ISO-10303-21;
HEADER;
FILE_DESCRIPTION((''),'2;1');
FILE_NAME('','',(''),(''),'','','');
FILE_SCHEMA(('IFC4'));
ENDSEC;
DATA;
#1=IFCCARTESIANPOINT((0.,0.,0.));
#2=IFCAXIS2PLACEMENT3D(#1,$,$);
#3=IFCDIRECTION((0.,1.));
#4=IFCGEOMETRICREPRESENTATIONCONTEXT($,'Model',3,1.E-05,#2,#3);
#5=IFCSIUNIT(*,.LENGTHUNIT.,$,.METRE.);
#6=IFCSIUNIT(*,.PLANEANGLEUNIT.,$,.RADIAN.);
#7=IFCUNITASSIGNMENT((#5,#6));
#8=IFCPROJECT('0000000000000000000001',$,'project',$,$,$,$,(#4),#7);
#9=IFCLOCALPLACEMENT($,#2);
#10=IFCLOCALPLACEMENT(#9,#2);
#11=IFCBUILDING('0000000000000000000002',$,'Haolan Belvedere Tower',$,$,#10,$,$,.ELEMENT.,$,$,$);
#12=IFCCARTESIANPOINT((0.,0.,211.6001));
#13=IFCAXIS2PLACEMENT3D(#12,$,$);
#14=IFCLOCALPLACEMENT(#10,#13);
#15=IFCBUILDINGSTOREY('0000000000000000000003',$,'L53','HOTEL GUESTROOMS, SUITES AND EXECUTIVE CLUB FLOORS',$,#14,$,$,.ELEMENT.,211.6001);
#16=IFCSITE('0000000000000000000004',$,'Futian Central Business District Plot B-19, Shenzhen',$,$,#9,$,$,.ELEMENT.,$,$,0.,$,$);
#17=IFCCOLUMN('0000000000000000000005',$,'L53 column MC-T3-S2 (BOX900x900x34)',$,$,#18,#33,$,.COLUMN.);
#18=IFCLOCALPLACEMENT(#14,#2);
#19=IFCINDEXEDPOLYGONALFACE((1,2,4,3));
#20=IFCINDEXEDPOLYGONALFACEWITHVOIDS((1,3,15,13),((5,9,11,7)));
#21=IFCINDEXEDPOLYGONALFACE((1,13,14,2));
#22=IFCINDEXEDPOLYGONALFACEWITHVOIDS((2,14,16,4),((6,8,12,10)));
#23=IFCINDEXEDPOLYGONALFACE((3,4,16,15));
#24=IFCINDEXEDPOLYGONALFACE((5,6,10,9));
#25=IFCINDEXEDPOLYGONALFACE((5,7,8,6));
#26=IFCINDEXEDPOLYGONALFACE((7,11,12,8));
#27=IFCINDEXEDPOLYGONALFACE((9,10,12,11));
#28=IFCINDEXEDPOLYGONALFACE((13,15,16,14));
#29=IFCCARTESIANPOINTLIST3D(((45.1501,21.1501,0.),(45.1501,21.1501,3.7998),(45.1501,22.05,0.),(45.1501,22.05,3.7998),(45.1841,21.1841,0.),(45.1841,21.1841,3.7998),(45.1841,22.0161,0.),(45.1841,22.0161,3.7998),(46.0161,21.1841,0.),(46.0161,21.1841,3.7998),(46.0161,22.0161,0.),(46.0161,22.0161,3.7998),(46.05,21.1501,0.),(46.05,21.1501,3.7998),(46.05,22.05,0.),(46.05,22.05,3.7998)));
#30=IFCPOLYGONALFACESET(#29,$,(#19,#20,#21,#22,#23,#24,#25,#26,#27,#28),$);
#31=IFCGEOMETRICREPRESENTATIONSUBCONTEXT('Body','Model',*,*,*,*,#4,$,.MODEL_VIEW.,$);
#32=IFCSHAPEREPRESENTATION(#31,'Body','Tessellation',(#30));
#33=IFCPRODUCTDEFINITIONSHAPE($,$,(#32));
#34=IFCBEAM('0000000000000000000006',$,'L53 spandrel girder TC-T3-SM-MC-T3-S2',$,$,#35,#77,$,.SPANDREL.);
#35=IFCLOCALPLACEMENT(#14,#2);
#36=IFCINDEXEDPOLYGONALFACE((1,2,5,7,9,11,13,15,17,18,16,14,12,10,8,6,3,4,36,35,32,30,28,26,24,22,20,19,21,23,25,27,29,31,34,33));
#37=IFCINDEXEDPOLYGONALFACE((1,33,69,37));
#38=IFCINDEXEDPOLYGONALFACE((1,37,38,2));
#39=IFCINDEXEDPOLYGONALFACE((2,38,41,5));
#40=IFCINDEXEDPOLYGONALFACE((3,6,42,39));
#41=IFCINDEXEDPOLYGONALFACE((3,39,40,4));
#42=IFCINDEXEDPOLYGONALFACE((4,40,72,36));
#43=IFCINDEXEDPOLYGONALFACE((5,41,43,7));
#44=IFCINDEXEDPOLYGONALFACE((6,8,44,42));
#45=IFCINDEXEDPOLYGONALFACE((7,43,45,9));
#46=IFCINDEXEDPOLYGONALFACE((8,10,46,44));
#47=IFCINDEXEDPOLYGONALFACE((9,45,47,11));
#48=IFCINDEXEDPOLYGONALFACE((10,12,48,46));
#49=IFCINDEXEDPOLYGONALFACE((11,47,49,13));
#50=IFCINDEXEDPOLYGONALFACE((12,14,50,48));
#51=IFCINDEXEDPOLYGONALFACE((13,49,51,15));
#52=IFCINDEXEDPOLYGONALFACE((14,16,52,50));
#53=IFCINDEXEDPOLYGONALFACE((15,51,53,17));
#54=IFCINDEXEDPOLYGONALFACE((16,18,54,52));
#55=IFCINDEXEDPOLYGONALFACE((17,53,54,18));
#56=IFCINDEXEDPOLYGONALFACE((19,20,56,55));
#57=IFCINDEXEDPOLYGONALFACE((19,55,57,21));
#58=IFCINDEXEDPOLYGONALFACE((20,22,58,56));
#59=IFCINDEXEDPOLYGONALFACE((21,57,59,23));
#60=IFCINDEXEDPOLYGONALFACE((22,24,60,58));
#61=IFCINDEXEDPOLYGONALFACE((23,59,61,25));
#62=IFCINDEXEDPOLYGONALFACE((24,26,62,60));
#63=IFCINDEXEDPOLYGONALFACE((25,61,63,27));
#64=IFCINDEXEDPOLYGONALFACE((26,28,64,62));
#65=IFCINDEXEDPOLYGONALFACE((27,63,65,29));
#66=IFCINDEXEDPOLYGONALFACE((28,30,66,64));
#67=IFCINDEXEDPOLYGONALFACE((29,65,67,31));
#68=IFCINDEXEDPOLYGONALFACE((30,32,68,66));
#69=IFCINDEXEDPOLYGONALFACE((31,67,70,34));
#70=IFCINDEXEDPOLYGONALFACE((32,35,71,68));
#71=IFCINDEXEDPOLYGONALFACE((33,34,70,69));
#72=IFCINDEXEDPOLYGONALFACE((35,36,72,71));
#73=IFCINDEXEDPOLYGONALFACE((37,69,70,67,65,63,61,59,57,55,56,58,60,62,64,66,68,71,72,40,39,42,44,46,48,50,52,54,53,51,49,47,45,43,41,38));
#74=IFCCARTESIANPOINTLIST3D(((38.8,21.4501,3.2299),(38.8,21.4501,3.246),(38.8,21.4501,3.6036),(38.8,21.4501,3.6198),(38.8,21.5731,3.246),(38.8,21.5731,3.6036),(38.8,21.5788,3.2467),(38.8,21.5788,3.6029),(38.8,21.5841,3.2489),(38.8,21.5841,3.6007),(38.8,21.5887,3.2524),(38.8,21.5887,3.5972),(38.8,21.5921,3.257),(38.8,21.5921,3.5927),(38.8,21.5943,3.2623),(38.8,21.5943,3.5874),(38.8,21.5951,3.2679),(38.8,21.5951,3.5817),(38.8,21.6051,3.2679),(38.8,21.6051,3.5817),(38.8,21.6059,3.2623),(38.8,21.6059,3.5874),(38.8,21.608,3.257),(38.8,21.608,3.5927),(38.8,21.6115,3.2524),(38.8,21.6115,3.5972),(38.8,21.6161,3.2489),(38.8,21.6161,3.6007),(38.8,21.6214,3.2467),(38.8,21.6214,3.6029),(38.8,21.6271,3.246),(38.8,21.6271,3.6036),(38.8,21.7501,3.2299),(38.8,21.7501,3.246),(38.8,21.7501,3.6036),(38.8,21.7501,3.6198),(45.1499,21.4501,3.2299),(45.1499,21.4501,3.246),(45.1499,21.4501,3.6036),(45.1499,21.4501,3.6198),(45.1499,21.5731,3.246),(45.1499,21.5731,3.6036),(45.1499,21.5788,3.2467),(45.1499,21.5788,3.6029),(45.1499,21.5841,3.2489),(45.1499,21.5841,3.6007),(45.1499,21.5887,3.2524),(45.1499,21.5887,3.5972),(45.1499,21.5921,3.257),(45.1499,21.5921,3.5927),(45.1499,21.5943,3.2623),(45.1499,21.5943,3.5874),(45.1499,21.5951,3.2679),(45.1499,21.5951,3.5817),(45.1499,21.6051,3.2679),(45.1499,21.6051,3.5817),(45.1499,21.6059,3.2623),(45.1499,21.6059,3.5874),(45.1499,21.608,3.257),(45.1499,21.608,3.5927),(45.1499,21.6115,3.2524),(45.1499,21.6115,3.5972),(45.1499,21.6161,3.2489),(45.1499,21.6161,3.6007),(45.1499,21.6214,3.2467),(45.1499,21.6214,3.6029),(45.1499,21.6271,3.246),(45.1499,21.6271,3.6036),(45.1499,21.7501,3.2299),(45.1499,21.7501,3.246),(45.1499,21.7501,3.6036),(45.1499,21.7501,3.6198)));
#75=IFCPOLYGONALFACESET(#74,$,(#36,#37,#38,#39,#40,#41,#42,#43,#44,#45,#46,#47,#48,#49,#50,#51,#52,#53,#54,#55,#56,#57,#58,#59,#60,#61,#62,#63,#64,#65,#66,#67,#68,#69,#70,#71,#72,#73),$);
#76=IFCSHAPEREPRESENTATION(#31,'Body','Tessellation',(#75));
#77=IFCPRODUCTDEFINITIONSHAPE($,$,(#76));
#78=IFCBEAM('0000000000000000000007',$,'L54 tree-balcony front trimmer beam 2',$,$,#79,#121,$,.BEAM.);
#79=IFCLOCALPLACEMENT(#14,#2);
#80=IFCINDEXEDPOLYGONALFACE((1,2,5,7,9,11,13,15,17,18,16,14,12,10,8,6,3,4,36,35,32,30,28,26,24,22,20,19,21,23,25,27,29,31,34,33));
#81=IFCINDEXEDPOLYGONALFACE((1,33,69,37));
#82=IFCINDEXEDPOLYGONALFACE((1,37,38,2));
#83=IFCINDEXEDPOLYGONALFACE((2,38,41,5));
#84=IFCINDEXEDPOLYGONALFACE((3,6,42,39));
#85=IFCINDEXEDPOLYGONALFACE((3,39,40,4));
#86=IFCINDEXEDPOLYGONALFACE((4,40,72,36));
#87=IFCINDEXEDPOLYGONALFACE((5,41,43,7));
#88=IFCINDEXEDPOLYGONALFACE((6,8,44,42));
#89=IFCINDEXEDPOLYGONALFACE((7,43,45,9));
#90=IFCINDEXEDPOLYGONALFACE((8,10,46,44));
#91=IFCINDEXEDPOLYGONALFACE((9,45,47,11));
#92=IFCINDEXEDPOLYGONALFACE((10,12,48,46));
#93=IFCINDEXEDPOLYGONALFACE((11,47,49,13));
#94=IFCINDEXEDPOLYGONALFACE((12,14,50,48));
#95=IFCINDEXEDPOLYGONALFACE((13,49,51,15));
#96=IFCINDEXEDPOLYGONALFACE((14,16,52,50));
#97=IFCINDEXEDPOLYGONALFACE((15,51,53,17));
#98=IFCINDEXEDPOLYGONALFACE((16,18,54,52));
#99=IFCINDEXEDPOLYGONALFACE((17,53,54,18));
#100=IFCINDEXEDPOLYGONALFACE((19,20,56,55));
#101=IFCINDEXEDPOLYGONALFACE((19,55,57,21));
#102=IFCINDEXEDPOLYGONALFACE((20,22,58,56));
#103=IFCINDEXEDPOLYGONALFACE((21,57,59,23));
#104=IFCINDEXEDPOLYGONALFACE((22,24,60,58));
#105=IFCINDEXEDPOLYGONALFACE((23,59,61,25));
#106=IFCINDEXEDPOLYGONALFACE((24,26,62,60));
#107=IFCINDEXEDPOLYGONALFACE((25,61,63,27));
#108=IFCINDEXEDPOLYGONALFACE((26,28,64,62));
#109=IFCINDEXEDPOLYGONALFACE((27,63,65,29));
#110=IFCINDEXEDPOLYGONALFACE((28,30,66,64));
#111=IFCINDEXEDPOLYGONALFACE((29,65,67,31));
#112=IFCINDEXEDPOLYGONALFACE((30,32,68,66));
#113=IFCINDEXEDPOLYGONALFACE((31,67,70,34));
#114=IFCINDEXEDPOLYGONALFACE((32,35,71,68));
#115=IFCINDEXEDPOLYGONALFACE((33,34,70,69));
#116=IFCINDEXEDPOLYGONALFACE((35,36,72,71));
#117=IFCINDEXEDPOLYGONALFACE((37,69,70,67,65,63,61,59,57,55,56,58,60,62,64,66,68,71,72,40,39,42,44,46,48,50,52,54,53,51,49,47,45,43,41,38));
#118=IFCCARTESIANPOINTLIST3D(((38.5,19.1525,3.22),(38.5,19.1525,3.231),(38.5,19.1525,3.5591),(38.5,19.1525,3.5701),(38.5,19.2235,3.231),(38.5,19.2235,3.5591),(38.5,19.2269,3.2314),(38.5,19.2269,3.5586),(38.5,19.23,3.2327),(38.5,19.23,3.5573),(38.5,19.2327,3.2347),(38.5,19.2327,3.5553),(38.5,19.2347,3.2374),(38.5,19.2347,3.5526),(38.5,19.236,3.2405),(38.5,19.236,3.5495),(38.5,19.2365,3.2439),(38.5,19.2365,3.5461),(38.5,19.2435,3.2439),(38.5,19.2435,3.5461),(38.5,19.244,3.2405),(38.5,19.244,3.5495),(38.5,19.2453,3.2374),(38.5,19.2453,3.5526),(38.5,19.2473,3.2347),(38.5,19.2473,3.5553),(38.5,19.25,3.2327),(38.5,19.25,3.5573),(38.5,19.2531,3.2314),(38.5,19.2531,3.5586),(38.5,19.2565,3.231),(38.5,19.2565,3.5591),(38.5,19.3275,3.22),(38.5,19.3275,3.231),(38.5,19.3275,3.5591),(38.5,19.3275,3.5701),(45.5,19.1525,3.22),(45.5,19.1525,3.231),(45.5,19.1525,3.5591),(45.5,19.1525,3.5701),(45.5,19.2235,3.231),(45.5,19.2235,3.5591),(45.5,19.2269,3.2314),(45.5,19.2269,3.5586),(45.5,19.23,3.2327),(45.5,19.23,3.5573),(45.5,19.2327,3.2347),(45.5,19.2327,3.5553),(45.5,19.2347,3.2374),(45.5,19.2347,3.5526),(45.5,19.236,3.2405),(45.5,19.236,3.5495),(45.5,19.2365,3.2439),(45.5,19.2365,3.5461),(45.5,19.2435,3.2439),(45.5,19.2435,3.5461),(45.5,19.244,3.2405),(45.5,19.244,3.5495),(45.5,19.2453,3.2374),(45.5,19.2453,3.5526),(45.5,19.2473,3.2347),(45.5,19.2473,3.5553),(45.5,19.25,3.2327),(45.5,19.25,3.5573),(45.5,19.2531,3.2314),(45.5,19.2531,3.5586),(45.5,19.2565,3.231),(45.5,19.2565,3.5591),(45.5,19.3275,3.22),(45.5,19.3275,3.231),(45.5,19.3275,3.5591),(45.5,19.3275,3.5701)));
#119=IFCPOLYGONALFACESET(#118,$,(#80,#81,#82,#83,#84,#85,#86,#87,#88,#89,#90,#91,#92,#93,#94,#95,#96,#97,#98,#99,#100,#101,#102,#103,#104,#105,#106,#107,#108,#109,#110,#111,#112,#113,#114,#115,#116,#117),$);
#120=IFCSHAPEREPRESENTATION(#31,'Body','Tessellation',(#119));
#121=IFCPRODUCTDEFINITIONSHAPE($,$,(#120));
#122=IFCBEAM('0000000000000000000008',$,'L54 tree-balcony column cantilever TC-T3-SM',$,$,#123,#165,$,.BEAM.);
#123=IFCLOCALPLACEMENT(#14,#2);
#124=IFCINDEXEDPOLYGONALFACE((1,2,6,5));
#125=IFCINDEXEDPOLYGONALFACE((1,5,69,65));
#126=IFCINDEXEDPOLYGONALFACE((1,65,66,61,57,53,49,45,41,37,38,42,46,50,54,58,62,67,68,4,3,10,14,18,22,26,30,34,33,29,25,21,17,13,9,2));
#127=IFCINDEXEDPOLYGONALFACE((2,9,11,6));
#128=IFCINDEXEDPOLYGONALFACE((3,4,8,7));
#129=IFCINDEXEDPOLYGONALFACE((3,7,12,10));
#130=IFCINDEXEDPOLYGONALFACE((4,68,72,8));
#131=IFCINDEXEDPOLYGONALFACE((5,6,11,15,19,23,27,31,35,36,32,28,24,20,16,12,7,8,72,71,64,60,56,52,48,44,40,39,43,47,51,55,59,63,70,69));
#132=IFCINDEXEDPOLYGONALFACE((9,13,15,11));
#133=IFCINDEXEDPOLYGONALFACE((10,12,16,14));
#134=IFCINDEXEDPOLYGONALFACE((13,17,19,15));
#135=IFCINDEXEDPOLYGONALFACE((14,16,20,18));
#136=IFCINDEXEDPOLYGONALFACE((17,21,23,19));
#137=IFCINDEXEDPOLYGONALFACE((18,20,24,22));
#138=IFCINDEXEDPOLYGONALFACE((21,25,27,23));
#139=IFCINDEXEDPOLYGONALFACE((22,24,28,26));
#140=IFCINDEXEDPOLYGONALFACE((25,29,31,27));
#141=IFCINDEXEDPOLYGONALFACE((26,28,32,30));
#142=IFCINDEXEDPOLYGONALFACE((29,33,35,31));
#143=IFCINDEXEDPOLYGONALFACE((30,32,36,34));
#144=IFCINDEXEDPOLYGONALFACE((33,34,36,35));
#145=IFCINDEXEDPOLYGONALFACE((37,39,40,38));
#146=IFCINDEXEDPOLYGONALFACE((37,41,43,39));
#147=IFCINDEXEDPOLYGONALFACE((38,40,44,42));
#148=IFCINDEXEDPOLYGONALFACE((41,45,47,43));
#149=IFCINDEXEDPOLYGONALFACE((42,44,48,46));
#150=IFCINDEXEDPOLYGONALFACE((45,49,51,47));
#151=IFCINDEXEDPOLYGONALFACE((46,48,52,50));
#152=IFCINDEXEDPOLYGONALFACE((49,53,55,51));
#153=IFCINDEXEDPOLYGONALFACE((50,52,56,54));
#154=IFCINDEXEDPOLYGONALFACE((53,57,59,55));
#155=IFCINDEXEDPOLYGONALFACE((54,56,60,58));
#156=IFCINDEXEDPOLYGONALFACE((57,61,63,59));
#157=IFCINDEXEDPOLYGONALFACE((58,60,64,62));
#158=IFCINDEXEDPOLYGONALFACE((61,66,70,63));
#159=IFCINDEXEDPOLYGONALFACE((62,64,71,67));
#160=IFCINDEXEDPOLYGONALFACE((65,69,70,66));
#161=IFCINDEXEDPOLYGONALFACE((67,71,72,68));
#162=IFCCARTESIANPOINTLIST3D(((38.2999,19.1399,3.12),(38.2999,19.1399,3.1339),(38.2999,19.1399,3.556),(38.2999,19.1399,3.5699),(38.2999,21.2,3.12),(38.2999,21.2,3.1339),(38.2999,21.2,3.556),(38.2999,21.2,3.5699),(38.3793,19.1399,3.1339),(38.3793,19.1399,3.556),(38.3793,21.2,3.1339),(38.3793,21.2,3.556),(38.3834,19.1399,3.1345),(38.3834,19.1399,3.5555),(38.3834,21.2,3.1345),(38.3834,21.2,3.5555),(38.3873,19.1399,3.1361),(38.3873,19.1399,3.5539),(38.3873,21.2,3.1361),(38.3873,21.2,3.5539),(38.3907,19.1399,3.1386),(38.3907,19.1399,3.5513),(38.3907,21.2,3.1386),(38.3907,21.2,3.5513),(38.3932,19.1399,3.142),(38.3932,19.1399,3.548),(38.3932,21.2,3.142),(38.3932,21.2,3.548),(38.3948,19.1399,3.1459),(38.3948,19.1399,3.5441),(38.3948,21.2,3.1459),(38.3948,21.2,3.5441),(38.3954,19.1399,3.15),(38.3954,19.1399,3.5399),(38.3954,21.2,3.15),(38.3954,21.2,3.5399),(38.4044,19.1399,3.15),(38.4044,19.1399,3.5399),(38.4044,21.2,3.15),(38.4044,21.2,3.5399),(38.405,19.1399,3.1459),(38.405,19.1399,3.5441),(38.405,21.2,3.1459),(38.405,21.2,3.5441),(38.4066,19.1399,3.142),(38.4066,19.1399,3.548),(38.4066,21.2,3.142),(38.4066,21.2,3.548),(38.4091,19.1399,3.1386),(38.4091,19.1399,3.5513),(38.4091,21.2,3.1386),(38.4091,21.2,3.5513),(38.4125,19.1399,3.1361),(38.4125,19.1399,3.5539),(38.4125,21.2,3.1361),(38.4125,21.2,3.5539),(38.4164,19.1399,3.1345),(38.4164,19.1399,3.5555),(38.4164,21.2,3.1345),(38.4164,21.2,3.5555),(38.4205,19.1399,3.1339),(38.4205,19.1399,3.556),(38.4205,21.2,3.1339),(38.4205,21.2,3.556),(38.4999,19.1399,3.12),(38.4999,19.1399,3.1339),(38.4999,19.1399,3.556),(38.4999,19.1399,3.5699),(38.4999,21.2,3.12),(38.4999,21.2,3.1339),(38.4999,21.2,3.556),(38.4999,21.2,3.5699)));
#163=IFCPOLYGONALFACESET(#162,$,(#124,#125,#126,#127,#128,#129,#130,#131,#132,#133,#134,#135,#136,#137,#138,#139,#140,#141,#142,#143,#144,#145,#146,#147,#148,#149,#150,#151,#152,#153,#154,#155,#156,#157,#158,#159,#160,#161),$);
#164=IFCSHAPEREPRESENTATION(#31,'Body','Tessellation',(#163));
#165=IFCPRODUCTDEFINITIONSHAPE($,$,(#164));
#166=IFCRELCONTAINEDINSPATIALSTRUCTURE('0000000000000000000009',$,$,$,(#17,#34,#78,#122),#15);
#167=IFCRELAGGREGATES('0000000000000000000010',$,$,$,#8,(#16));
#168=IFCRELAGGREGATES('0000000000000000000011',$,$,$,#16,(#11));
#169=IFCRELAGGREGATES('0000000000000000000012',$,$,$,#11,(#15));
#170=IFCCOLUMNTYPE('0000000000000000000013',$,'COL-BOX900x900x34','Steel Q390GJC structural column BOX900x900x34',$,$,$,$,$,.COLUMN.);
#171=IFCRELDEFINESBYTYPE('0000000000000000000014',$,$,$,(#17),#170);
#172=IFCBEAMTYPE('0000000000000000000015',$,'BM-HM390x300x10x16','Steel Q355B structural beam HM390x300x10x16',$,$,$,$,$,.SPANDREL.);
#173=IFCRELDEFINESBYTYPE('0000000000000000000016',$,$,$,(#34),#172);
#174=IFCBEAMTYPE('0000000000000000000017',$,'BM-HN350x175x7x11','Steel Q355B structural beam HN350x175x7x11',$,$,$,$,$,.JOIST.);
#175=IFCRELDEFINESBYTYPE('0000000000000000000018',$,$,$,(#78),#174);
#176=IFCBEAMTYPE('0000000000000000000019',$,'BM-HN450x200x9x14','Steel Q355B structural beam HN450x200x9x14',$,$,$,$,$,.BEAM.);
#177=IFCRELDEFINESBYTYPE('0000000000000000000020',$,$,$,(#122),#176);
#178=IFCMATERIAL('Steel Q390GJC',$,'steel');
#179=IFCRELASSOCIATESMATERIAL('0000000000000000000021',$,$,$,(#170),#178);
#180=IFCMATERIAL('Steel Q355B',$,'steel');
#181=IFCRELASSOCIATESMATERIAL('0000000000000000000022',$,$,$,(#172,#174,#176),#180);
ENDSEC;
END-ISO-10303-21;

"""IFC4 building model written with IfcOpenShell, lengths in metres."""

from ifc_helpers import new_model, si_unit, direction, frame, origin, origin_2d, place, context, subcontext, project, spatial, hollow_rectangle, i_section, extrude, material, material_profile, profile_set, type_object, element, save


model = new_model("IFC4")

# Units and contexts
model_context = context("Model", 3, precision=1e-05, world=origin(), true_north=direction((0.0, 1.0)))
body_context = subcontext(model_context, "Body", "Model", "MODEL_VIEW")
ifc_project = project(units=[si_unit("LENGTHUNIT", "METRE"), si_unit("PLANEANGLEUNIT", "RADIAN")], contexts=[model_context])

# Site, building, storey
site_placement = place(None, origin())
site = spatial("IfcSite", under=ifc_project, at=site_placement, Name="Futian Central Business District Plot B-19, Shenzhen", CompositionType="ELEMENT", RefElevation=0.0)
building_placement = place(site_placement, origin())
building = spatial("IfcBuilding", under=site, at=building_placement, Name="Haolan Belvedere Tower", CompositionType="ELEMENT")
storey_placement = place(building_placement, frame((0.0, 0.0, 211.6001)))
storey = spatial("IfcBuildingStorey", under=building, at=storey_placement, Name="L53", Description="HOTEL GUESTROOMS, SUITES AND EXECUTIVE CLUB FLOORS", CompositionType="ELEMENT", Elevation=211.6001)

# Column
ifc_material_1 = material(Name="Steel Q390GJC", Category="steel")
ifc_material_profile_1 = material_profile(ifc_material_1, hollow_rectangle(XDim=0.8999, YDim=0.8999, WallThickness=0.0339, at=origin_2d()), Name="Steel Q390GJC")
ifc_profile_set_1 = profile_set([ifc_material_profile_1], Name="Steel Q390GJC")
column_type = type_object("IfcColumnType", Name="COL-BOX900x900x34", Description="Steel Q390GJC structural column BOX900x900x34", PredefinedType="COLUMN", material=ifc_profile_set_1)
column_placement = place(storey_placement, frame((45.6001, 21.6001, 0.0), z_axis=(0.0, 0.0, 1.0), x_axis=(1.0, 0.0, 0.0)))
element("IfcColumn", 1, at=column_placement, inside=storey, type_object=column_type, Name="L53 column MC-T3-S2 (BOX900x900x34)", PredefinedType="COLUMN", context=body_context, shape_type="SweptSolid", body=[
    extrude(hollow_rectangle(XDim=0.8999, YDim=0.8999, WallThickness=0.0339, at=origin_2d()), origin(), (0.0, 0.0, 1.0), 3.7998),
])

# Beams
ifc_material_2 = material(Name="Steel Q355B", Category="steel")
ifc_material_profile_2 = material_profile(ifc_material_2, i_section(OverallWidth=0.3, OverallDepth=0.3899, WebThickness=0.01, FlangeThickness=0.0161, FilletRadius=0.022, at=origin_2d()), Name="Steel Q355B")
ifc_profile_set_2 = profile_set([ifc_material_profile_2], Name="Steel Q355B")
beam_type_1 = type_object("IfcBeamType", Name="BM-HM390x300x10x16", Description="Steel Q355B structural beam HM390x300x10x16", PredefinedType="SPANDREL", material=ifc_profile_set_2)
beam_1_placement = place(storey_placement, frame((38.8, 21.6001, 3.4248), z_axis=(1.0, 0.0, 0.0), x_axis=(0.0, 1.0, 0.0)))
element("IfcBeam", 2, at=beam_1_placement, inside=storey, type_object=beam_type_1, Name="L53 spandrel girder TC-T3-SM-MC-T3-S2", PredefinedType="SPANDREL", context=body_context, shape_type="SweptSolid", body=[
    extrude(i_section(OverallWidth=0.3, OverallDepth=0.3899, WebThickness=0.01, FlangeThickness=0.0161, FilletRadius=0.022, at=origin_2d()), origin(), (0.0, 0.0, 1.0), 6.3499),
])
ifc_material_profile_3 = material_profile(ifc_material_2, i_section(OverallWidth=0.175, OverallDepth=0.3501, WebThickness=0.0071, FlangeThickness=0.011, FilletRadius=0.0129, at=origin_2d()), Name="Steel Q355B")
ifc_profile_set_3 = profile_set([ifc_material_profile_3], Name="Steel Q355B")
beam_type_2 = type_object("IfcBeamType", Name="BM-HN350x175x7x11", Description="Steel Q355B structural beam HN350x175x7x11", PredefinedType="JOIST", material=ifc_profile_set_3)
beam_2_placement = place(storey_placement, frame((38.5, 19.24, 3.395), z_axis=(1.0, 0.0, 0.0), x_axis=(0.0, 1.0, 0.0)))
element("IfcBeam", 3, at=beam_2_placement, inside=storey, type_object=beam_type_2, Name="L54 tree-balcony front trimmer beam 2", PredefinedType="BEAM", context=body_context, shape_type="SweptSolid", body=[
    extrude(i_section(OverallWidth=0.175, OverallDepth=0.3501, WebThickness=0.0071, FlangeThickness=0.011, FilletRadius=0.0129, at=origin_2d()), origin(), (0.0, 0.0, 1.0), 7.0),
])
ifc_material_profile_4 = material_profile(ifc_material_2, i_section(OverallWidth=0.2, OverallDepth=0.45, WebThickness=0.009, FlangeThickness=0.0139, FilletRadius=0.0161, at=origin_2d()), Name="Steel Q355B")
ifc_profile_set_4 = profile_set([ifc_material_profile_4], Name="Steel Q355B")
beam_type_3 = type_object("IfcBeamType", Name="BM-HN450x200x9x14", Description="Steel Q355B structural beam HN450x200x9x14", PredefinedType="BEAM", material=ifc_profile_set_4)
beam_3_placement = place(storey_placement, frame((38.3999, 21.2, 3.345), z_axis=(0.0, -1.0, 0.0), x_axis=(1.0, 0.0, 0.0)))
element("IfcBeam", 4, at=beam_3_placement, inside=storey, type_object=beam_type_3, Name="L54 tree-balcony column cantilever TC-T3-SM", PredefinedType="BEAM", context=body_context, shape_type="SweptSolid", body=[
    extrude(i_section(OverallWidth=0.2, OverallDepth=0.45, WebThickness=0.009, FlangeThickness=0.0139, FilletRadius=0.0161, at=origin_2d()), origin(), (0.0, 0.0, 1.0), 2.0601),
])

save(model, "model.ifc")
